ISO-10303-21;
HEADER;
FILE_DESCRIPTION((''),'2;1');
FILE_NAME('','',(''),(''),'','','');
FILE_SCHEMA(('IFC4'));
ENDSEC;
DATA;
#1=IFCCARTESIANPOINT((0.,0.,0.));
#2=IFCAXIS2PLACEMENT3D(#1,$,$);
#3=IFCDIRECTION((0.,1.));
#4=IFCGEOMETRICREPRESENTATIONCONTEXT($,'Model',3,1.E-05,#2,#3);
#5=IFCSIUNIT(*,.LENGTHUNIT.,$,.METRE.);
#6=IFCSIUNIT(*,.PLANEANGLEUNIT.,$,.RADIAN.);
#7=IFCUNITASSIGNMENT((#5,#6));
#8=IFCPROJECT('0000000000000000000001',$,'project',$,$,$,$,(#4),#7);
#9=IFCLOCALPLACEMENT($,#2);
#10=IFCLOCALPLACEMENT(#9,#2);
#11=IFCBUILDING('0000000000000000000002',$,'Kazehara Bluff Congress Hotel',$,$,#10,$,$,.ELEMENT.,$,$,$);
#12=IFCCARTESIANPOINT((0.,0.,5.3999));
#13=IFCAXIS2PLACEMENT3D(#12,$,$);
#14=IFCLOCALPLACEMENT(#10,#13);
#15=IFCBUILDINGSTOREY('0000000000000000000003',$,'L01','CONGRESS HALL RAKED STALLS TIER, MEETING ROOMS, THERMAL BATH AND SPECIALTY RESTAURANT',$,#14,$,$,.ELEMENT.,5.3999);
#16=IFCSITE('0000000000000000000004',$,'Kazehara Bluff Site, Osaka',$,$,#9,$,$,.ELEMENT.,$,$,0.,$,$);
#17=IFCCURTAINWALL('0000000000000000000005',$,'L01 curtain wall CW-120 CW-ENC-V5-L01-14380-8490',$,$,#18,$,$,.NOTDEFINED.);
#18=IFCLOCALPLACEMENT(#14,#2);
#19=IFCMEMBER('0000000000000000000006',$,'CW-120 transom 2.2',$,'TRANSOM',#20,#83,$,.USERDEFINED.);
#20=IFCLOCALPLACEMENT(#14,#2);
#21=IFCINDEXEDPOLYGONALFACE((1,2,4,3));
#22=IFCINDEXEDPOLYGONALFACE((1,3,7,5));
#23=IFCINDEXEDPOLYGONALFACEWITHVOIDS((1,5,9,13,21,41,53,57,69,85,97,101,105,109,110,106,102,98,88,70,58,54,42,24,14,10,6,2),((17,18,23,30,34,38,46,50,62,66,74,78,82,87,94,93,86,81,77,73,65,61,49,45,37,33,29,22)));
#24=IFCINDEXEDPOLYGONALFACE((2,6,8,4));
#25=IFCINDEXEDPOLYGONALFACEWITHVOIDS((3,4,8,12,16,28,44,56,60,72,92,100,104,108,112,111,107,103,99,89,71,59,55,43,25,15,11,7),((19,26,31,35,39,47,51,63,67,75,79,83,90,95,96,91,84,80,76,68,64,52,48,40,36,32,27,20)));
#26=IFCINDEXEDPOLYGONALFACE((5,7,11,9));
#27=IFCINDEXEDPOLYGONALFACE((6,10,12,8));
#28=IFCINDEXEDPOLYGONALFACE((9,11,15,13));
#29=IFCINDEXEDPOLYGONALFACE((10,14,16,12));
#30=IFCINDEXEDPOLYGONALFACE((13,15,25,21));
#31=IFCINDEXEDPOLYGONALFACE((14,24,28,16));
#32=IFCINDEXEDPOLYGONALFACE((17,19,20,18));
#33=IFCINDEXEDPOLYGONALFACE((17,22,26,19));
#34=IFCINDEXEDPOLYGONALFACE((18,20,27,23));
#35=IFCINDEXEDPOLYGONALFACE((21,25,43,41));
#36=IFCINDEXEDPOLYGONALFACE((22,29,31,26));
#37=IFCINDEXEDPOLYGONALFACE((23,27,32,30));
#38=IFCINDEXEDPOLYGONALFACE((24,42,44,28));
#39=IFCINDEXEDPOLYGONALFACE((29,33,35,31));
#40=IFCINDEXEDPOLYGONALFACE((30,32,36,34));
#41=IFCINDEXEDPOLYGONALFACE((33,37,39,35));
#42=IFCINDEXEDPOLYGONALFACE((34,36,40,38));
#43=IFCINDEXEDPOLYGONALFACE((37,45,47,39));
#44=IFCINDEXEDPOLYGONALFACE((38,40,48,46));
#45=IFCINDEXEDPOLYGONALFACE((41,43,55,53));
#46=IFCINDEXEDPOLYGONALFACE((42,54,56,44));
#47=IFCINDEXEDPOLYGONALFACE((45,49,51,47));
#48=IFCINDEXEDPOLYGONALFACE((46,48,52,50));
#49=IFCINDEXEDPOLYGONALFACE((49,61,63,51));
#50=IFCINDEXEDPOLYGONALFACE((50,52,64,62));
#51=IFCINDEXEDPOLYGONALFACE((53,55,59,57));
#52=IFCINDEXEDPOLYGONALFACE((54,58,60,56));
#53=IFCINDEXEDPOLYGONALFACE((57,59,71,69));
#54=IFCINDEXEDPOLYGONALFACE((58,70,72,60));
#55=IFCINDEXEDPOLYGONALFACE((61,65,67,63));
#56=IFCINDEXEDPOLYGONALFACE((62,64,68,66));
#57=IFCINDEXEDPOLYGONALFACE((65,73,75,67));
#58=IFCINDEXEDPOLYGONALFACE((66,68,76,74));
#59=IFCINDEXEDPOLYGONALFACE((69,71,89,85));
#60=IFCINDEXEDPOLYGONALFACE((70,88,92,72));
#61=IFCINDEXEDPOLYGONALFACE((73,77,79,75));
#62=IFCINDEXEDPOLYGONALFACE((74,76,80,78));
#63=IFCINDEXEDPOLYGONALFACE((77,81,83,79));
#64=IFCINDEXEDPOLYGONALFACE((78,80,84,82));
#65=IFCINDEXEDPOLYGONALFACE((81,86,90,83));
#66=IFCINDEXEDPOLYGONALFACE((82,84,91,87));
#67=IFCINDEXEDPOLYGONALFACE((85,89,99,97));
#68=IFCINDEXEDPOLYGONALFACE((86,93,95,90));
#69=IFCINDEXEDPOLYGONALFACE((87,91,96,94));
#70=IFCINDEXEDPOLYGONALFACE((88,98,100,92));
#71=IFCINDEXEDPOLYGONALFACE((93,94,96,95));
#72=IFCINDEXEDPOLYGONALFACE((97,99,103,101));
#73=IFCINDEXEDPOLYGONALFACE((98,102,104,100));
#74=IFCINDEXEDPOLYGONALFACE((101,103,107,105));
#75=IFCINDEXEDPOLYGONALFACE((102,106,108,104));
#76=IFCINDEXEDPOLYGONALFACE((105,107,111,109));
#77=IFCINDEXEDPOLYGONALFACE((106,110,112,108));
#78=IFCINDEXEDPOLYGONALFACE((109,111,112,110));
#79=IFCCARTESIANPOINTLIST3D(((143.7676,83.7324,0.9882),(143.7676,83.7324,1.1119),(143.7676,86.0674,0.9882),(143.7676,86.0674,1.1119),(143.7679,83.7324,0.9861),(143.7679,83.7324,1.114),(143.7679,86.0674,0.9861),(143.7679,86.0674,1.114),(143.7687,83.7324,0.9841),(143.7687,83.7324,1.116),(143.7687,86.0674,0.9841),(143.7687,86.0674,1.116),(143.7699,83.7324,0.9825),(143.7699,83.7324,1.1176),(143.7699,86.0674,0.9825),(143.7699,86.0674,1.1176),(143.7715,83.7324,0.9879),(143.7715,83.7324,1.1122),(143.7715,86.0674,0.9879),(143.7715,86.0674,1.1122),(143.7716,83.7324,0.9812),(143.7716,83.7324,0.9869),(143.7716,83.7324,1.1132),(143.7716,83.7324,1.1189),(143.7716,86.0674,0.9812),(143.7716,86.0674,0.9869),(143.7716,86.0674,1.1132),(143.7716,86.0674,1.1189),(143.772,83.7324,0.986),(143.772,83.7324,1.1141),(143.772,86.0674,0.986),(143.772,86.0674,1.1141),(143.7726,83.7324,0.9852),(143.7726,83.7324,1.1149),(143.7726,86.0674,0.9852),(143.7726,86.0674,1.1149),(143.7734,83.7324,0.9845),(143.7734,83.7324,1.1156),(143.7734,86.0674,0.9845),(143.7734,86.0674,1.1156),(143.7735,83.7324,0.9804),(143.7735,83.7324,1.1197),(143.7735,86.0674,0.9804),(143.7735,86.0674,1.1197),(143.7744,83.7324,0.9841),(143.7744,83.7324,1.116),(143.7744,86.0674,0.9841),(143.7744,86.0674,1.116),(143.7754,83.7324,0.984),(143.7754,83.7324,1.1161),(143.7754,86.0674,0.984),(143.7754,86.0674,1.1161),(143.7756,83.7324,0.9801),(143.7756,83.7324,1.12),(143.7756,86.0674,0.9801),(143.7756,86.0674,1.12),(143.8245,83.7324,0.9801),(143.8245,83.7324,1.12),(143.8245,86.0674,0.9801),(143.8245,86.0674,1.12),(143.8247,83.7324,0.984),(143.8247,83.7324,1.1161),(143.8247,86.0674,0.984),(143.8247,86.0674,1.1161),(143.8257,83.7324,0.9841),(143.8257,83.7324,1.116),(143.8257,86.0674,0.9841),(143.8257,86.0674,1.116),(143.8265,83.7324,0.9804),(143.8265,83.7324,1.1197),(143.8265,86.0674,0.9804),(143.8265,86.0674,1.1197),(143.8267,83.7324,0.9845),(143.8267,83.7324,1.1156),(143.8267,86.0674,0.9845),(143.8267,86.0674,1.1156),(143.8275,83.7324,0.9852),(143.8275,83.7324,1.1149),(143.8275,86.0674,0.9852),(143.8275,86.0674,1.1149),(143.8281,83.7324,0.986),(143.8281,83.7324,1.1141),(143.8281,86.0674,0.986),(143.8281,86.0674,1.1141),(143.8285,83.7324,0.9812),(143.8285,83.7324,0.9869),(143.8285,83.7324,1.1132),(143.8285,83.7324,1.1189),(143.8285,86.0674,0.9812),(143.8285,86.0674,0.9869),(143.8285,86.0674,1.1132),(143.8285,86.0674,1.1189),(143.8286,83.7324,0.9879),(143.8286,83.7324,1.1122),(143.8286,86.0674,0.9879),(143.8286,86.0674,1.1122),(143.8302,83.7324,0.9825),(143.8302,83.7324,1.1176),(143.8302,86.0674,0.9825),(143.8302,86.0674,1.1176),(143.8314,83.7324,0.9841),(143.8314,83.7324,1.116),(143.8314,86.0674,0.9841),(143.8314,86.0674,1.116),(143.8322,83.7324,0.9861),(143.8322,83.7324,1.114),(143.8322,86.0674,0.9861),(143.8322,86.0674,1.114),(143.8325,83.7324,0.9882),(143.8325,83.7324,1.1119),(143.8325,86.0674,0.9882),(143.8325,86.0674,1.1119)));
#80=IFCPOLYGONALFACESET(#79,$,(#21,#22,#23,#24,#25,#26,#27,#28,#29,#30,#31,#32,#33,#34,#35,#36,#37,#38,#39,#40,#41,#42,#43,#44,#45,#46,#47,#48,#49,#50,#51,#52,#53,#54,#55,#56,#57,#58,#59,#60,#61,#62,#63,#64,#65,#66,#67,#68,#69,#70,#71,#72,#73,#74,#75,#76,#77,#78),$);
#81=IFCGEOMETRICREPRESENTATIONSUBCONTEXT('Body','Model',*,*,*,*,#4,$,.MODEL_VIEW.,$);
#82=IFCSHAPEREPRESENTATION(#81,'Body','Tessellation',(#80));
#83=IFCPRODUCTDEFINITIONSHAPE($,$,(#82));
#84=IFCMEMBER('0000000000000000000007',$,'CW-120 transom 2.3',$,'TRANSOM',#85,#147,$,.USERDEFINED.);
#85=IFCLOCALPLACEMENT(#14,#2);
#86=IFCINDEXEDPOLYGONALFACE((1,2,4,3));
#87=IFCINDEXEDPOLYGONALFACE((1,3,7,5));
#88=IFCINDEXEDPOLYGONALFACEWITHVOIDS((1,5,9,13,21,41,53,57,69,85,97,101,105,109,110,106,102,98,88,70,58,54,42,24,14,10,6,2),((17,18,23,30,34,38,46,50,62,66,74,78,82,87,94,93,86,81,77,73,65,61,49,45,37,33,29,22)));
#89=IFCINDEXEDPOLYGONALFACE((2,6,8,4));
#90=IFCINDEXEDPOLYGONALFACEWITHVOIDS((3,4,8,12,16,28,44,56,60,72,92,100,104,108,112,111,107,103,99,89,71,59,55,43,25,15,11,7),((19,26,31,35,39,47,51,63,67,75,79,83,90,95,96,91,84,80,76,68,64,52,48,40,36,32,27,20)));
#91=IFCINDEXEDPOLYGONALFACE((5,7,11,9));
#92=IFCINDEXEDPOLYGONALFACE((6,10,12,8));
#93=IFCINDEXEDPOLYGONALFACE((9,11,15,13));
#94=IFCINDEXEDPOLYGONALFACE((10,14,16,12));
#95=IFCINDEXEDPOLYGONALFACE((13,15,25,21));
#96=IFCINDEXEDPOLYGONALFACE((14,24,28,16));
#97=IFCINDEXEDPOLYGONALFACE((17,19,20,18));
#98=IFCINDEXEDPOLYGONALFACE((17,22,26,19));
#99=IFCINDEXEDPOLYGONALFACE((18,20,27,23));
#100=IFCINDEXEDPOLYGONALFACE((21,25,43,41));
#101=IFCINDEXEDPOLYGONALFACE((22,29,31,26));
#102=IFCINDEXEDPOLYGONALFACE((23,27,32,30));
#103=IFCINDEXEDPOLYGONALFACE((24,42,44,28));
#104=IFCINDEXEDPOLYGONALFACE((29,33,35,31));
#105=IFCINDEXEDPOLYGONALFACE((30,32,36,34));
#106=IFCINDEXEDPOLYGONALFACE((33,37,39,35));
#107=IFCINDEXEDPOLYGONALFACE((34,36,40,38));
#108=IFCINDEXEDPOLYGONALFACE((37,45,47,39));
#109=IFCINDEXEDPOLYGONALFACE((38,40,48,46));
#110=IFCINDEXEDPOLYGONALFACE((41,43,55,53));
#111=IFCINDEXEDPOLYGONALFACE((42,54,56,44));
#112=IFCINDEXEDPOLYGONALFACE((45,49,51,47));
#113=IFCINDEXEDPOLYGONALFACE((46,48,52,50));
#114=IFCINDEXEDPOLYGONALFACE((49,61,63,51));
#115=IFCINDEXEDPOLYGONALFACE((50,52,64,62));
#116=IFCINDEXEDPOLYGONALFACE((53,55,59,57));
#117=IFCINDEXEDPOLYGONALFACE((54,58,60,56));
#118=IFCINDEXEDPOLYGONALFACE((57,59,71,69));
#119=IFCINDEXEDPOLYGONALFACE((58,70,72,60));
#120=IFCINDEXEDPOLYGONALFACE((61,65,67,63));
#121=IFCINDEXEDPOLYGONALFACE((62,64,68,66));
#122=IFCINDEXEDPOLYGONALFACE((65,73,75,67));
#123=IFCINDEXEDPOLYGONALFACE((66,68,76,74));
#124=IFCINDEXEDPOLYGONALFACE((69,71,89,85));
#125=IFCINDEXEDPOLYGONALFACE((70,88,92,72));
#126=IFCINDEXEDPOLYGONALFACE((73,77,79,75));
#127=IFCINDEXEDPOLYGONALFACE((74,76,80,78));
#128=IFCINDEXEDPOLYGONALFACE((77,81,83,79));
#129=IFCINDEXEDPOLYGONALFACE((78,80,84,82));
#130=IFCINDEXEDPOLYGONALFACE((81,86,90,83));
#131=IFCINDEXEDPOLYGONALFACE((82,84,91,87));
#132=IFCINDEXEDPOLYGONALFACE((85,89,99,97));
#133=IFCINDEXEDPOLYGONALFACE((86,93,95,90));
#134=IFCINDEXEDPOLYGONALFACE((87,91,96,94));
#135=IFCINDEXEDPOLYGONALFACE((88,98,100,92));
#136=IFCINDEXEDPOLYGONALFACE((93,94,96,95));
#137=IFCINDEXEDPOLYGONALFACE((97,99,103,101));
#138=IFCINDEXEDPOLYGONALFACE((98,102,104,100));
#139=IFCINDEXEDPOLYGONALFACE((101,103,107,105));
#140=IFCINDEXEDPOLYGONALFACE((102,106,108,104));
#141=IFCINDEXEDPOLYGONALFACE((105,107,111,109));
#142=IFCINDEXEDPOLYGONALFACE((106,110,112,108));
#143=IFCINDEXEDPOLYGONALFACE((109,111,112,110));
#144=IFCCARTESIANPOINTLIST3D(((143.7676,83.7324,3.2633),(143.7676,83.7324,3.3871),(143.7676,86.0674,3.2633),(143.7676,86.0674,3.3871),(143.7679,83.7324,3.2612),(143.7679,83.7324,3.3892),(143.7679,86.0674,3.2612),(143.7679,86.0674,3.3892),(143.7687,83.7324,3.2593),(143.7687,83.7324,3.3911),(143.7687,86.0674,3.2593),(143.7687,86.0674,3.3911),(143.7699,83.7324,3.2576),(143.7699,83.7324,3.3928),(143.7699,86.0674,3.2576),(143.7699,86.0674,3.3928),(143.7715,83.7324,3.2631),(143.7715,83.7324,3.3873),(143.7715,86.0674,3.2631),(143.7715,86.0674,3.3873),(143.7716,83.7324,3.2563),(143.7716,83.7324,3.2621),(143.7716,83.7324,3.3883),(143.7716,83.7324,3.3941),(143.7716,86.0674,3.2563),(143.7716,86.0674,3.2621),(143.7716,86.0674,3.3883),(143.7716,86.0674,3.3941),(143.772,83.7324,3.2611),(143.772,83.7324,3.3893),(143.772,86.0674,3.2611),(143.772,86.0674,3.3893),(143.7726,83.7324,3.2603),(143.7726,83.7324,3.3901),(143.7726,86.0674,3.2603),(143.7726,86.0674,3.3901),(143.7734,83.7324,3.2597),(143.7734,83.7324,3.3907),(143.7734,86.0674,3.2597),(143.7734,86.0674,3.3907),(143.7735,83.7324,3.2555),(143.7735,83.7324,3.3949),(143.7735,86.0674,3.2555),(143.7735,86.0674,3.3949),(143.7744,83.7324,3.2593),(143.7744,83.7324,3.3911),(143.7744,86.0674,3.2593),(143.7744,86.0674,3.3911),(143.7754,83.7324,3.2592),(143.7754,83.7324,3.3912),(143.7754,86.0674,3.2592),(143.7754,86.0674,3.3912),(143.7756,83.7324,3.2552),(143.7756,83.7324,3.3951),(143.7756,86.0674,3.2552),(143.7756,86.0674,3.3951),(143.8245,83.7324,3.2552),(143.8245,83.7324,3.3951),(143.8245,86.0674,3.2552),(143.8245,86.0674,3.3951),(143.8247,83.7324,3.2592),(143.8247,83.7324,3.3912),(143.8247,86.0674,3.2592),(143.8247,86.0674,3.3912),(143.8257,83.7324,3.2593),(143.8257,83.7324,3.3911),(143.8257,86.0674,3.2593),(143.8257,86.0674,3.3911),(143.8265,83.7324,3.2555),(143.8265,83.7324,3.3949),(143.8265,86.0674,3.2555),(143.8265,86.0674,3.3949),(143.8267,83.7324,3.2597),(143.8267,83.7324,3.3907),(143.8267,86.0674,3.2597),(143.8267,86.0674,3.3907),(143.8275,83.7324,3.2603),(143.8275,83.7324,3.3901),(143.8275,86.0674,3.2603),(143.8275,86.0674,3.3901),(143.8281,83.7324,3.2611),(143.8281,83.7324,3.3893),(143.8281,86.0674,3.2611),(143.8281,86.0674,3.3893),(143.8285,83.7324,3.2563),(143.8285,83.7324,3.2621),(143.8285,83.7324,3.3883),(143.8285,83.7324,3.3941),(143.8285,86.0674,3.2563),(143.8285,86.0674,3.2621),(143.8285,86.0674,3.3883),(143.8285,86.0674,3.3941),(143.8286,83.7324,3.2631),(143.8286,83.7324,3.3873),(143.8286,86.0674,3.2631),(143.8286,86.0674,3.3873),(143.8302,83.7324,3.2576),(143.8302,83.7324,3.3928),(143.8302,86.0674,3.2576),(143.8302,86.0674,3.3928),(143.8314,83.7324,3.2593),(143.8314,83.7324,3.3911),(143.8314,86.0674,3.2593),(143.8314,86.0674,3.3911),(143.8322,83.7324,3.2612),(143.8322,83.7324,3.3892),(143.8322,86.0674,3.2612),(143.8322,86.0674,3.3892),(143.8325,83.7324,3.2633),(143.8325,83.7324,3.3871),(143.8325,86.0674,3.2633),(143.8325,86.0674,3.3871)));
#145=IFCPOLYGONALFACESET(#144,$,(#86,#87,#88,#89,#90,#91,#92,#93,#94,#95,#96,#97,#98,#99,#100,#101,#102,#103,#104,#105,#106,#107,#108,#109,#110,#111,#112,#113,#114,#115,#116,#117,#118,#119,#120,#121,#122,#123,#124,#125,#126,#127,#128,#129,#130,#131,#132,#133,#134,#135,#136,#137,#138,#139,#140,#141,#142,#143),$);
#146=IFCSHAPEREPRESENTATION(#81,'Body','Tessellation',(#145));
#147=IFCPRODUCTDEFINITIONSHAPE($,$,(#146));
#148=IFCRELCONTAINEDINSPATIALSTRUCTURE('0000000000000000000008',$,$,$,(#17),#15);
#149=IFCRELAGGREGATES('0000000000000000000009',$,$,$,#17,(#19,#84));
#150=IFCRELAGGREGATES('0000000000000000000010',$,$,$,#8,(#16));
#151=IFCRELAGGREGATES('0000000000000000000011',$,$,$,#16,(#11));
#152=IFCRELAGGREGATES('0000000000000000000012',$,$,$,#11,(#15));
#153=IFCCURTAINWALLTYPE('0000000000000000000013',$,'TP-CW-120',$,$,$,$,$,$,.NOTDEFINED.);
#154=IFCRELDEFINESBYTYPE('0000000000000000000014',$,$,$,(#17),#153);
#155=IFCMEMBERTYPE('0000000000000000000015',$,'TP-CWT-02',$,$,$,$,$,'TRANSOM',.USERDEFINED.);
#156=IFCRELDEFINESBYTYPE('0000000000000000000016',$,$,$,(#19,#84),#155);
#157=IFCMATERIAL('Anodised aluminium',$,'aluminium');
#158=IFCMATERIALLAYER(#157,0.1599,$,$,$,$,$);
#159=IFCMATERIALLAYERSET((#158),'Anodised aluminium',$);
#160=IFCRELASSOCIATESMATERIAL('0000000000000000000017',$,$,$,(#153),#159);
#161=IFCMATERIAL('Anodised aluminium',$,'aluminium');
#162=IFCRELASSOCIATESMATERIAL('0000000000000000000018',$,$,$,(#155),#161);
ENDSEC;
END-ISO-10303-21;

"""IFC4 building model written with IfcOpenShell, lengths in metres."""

from ifc_helpers import new_model, si_unit, direction, frame, origin, origin_2d, place, context, subcontext, project, spatial, hollow_rectangle, extrude, material, layer, layer_set, material_profile, profile_set, type_object, element, aggregate, save


model = new_model("IFC4")

# Units and contexts
model_context = context("Model", 3, precision=1e-05, world=origin(), true_north=direction((0.0, 1.0)))
body_context = subcontext(model_context, "Body", "Model", "MODEL_VIEW")
ifc_project = project(units=[si_unit("LENGTHUNIT", "METRE"), si_unit("PLANEANGLEUNIT", "RADIAN")], contexts=[model_context])

# Site, building, storey
site_placement = place(None, origin())
site = spatial("IfcSite", under=ifc_project, at=site_placement, Name="Kazehara Bluff Site, Osaka", CompositionType="ELEMENT", RefElevation=0.0)
building_placement = place(site_placement, origin())
building = spatial("IfcBuilding", under=site, at=building_placement, Name="Kazehara Bluff Congress Hotel", CompositionType="ELEMENT")
storey_placement = place(building_placement, frame((0.0, 0.0, 5.3999)))
storey = spatial("IfcBuildingStorey", under=building, at=storey_placement, Name="L01", Description="CONGRESS HALL RAKED STALLS TIER, MEETING ROOMS, THERMAL BATH AND SPECIALTY RESTAURANT", CompositionType="ELEMENT", Elevation=5.3999)

# Curtain wall
ifc_material_1 = material(Name="Anodised aluminium", Category="aluminium")
ifc_layer_1 = layer(ifc_material_1, 0.1599)
ifc_layer_set_1 = layer_set([ifc_layer_1], Name="Anodised aluminium")
curtain_wall_type_1 = type_object("IfcCurtainWallType", Name="TP-CW-120", PredefinedType="NOTDEFINED", material=ifc_layer_set_1)
curtain_wall_1_placement = place(storey_placement, origin())
curtain_wall_1 = element("IfcCurtainWall", 1, at=curtain_wall_1_placement, inside=storey, type_object=curtain_wall_type_1, Name="L01 curtain wall CW-120 CW-ENC-V5-L01-14380-8490", PredefinedType="NOTDEFINED")

# Members
ifc_material_2 = material(Name="Anodised aluminium", Category="aluminium")
ifc_material_profile_1 = material_profile(ifc_material_2, hollow_rectangle(XDim=0.0649, YDim=0.1399, WallThickness=0.0039, InnerFilletRadius=0.0039, OuterFilletRadius=0.0081, at=origin_2d()))
ifc_profile_set_1 = profile_set([ifc_material_profile_1], Name="Anodised aluminium")
member_type_1 = type_object("IfcMemberType", Name="TP-CWT-02", ElementType="TRANSOM", PredefinedType="USERDEFINED", material=ifc_profile_set_1)
member_1_placement = place(storey_placement, frame((143.8, 83.7324, 1.05), z_axis=(0.0, 1.0, 0.0), x_axis=(-1.0, 0.0, 0.0)))
member_1 = element("IfcMember", 2, at=member_1_placement, type_object=member_type_1, Name="CW-120 transom 2.2", ObjectType="TRANSOM", PredefinedType="USERDEFINED", context=body_context, shape_type="SweptSolid", body=[
    extrude(hollow_rectangle(XDim=0.0649, YDim=0.1399, WallThickness=0.0039, InnerFilletRadius=0.0039, OuterFilletRadius=0.0081, at=origin_2d()), origin(), (0.0, 0.0, 1.0), 2.335),
])
member_2_placement = place(storey_placement, frame((143.8, 83.7324, 3.3252), z_axis=(0.0, 1.0, 0.0), x_axis=(-1.0, 0.0, 0.0)))
member_2 = element("IfcMember", 3, at=member_2_placement, type_object=member_type_1, Name="CW-120 transom 2.3", ObjectType="TRANSOM", PredefinedType="USERDEFINED", context=body_context, shape_type="SweptSolid", body=[
    extrude(hollow_rectangle(XDim=0.0649, YDim=0.1399, WallThickness=0.0039, InnerFilletRadius=0.0039, OuterFilletRadius=0.0081, at=origin_2d()), origin(), (0.0, 0.0, 1.0), 2.335),
])

aggregate(curtain_wall_1, [member_1, member_2])

save(model, "model.ifc")
